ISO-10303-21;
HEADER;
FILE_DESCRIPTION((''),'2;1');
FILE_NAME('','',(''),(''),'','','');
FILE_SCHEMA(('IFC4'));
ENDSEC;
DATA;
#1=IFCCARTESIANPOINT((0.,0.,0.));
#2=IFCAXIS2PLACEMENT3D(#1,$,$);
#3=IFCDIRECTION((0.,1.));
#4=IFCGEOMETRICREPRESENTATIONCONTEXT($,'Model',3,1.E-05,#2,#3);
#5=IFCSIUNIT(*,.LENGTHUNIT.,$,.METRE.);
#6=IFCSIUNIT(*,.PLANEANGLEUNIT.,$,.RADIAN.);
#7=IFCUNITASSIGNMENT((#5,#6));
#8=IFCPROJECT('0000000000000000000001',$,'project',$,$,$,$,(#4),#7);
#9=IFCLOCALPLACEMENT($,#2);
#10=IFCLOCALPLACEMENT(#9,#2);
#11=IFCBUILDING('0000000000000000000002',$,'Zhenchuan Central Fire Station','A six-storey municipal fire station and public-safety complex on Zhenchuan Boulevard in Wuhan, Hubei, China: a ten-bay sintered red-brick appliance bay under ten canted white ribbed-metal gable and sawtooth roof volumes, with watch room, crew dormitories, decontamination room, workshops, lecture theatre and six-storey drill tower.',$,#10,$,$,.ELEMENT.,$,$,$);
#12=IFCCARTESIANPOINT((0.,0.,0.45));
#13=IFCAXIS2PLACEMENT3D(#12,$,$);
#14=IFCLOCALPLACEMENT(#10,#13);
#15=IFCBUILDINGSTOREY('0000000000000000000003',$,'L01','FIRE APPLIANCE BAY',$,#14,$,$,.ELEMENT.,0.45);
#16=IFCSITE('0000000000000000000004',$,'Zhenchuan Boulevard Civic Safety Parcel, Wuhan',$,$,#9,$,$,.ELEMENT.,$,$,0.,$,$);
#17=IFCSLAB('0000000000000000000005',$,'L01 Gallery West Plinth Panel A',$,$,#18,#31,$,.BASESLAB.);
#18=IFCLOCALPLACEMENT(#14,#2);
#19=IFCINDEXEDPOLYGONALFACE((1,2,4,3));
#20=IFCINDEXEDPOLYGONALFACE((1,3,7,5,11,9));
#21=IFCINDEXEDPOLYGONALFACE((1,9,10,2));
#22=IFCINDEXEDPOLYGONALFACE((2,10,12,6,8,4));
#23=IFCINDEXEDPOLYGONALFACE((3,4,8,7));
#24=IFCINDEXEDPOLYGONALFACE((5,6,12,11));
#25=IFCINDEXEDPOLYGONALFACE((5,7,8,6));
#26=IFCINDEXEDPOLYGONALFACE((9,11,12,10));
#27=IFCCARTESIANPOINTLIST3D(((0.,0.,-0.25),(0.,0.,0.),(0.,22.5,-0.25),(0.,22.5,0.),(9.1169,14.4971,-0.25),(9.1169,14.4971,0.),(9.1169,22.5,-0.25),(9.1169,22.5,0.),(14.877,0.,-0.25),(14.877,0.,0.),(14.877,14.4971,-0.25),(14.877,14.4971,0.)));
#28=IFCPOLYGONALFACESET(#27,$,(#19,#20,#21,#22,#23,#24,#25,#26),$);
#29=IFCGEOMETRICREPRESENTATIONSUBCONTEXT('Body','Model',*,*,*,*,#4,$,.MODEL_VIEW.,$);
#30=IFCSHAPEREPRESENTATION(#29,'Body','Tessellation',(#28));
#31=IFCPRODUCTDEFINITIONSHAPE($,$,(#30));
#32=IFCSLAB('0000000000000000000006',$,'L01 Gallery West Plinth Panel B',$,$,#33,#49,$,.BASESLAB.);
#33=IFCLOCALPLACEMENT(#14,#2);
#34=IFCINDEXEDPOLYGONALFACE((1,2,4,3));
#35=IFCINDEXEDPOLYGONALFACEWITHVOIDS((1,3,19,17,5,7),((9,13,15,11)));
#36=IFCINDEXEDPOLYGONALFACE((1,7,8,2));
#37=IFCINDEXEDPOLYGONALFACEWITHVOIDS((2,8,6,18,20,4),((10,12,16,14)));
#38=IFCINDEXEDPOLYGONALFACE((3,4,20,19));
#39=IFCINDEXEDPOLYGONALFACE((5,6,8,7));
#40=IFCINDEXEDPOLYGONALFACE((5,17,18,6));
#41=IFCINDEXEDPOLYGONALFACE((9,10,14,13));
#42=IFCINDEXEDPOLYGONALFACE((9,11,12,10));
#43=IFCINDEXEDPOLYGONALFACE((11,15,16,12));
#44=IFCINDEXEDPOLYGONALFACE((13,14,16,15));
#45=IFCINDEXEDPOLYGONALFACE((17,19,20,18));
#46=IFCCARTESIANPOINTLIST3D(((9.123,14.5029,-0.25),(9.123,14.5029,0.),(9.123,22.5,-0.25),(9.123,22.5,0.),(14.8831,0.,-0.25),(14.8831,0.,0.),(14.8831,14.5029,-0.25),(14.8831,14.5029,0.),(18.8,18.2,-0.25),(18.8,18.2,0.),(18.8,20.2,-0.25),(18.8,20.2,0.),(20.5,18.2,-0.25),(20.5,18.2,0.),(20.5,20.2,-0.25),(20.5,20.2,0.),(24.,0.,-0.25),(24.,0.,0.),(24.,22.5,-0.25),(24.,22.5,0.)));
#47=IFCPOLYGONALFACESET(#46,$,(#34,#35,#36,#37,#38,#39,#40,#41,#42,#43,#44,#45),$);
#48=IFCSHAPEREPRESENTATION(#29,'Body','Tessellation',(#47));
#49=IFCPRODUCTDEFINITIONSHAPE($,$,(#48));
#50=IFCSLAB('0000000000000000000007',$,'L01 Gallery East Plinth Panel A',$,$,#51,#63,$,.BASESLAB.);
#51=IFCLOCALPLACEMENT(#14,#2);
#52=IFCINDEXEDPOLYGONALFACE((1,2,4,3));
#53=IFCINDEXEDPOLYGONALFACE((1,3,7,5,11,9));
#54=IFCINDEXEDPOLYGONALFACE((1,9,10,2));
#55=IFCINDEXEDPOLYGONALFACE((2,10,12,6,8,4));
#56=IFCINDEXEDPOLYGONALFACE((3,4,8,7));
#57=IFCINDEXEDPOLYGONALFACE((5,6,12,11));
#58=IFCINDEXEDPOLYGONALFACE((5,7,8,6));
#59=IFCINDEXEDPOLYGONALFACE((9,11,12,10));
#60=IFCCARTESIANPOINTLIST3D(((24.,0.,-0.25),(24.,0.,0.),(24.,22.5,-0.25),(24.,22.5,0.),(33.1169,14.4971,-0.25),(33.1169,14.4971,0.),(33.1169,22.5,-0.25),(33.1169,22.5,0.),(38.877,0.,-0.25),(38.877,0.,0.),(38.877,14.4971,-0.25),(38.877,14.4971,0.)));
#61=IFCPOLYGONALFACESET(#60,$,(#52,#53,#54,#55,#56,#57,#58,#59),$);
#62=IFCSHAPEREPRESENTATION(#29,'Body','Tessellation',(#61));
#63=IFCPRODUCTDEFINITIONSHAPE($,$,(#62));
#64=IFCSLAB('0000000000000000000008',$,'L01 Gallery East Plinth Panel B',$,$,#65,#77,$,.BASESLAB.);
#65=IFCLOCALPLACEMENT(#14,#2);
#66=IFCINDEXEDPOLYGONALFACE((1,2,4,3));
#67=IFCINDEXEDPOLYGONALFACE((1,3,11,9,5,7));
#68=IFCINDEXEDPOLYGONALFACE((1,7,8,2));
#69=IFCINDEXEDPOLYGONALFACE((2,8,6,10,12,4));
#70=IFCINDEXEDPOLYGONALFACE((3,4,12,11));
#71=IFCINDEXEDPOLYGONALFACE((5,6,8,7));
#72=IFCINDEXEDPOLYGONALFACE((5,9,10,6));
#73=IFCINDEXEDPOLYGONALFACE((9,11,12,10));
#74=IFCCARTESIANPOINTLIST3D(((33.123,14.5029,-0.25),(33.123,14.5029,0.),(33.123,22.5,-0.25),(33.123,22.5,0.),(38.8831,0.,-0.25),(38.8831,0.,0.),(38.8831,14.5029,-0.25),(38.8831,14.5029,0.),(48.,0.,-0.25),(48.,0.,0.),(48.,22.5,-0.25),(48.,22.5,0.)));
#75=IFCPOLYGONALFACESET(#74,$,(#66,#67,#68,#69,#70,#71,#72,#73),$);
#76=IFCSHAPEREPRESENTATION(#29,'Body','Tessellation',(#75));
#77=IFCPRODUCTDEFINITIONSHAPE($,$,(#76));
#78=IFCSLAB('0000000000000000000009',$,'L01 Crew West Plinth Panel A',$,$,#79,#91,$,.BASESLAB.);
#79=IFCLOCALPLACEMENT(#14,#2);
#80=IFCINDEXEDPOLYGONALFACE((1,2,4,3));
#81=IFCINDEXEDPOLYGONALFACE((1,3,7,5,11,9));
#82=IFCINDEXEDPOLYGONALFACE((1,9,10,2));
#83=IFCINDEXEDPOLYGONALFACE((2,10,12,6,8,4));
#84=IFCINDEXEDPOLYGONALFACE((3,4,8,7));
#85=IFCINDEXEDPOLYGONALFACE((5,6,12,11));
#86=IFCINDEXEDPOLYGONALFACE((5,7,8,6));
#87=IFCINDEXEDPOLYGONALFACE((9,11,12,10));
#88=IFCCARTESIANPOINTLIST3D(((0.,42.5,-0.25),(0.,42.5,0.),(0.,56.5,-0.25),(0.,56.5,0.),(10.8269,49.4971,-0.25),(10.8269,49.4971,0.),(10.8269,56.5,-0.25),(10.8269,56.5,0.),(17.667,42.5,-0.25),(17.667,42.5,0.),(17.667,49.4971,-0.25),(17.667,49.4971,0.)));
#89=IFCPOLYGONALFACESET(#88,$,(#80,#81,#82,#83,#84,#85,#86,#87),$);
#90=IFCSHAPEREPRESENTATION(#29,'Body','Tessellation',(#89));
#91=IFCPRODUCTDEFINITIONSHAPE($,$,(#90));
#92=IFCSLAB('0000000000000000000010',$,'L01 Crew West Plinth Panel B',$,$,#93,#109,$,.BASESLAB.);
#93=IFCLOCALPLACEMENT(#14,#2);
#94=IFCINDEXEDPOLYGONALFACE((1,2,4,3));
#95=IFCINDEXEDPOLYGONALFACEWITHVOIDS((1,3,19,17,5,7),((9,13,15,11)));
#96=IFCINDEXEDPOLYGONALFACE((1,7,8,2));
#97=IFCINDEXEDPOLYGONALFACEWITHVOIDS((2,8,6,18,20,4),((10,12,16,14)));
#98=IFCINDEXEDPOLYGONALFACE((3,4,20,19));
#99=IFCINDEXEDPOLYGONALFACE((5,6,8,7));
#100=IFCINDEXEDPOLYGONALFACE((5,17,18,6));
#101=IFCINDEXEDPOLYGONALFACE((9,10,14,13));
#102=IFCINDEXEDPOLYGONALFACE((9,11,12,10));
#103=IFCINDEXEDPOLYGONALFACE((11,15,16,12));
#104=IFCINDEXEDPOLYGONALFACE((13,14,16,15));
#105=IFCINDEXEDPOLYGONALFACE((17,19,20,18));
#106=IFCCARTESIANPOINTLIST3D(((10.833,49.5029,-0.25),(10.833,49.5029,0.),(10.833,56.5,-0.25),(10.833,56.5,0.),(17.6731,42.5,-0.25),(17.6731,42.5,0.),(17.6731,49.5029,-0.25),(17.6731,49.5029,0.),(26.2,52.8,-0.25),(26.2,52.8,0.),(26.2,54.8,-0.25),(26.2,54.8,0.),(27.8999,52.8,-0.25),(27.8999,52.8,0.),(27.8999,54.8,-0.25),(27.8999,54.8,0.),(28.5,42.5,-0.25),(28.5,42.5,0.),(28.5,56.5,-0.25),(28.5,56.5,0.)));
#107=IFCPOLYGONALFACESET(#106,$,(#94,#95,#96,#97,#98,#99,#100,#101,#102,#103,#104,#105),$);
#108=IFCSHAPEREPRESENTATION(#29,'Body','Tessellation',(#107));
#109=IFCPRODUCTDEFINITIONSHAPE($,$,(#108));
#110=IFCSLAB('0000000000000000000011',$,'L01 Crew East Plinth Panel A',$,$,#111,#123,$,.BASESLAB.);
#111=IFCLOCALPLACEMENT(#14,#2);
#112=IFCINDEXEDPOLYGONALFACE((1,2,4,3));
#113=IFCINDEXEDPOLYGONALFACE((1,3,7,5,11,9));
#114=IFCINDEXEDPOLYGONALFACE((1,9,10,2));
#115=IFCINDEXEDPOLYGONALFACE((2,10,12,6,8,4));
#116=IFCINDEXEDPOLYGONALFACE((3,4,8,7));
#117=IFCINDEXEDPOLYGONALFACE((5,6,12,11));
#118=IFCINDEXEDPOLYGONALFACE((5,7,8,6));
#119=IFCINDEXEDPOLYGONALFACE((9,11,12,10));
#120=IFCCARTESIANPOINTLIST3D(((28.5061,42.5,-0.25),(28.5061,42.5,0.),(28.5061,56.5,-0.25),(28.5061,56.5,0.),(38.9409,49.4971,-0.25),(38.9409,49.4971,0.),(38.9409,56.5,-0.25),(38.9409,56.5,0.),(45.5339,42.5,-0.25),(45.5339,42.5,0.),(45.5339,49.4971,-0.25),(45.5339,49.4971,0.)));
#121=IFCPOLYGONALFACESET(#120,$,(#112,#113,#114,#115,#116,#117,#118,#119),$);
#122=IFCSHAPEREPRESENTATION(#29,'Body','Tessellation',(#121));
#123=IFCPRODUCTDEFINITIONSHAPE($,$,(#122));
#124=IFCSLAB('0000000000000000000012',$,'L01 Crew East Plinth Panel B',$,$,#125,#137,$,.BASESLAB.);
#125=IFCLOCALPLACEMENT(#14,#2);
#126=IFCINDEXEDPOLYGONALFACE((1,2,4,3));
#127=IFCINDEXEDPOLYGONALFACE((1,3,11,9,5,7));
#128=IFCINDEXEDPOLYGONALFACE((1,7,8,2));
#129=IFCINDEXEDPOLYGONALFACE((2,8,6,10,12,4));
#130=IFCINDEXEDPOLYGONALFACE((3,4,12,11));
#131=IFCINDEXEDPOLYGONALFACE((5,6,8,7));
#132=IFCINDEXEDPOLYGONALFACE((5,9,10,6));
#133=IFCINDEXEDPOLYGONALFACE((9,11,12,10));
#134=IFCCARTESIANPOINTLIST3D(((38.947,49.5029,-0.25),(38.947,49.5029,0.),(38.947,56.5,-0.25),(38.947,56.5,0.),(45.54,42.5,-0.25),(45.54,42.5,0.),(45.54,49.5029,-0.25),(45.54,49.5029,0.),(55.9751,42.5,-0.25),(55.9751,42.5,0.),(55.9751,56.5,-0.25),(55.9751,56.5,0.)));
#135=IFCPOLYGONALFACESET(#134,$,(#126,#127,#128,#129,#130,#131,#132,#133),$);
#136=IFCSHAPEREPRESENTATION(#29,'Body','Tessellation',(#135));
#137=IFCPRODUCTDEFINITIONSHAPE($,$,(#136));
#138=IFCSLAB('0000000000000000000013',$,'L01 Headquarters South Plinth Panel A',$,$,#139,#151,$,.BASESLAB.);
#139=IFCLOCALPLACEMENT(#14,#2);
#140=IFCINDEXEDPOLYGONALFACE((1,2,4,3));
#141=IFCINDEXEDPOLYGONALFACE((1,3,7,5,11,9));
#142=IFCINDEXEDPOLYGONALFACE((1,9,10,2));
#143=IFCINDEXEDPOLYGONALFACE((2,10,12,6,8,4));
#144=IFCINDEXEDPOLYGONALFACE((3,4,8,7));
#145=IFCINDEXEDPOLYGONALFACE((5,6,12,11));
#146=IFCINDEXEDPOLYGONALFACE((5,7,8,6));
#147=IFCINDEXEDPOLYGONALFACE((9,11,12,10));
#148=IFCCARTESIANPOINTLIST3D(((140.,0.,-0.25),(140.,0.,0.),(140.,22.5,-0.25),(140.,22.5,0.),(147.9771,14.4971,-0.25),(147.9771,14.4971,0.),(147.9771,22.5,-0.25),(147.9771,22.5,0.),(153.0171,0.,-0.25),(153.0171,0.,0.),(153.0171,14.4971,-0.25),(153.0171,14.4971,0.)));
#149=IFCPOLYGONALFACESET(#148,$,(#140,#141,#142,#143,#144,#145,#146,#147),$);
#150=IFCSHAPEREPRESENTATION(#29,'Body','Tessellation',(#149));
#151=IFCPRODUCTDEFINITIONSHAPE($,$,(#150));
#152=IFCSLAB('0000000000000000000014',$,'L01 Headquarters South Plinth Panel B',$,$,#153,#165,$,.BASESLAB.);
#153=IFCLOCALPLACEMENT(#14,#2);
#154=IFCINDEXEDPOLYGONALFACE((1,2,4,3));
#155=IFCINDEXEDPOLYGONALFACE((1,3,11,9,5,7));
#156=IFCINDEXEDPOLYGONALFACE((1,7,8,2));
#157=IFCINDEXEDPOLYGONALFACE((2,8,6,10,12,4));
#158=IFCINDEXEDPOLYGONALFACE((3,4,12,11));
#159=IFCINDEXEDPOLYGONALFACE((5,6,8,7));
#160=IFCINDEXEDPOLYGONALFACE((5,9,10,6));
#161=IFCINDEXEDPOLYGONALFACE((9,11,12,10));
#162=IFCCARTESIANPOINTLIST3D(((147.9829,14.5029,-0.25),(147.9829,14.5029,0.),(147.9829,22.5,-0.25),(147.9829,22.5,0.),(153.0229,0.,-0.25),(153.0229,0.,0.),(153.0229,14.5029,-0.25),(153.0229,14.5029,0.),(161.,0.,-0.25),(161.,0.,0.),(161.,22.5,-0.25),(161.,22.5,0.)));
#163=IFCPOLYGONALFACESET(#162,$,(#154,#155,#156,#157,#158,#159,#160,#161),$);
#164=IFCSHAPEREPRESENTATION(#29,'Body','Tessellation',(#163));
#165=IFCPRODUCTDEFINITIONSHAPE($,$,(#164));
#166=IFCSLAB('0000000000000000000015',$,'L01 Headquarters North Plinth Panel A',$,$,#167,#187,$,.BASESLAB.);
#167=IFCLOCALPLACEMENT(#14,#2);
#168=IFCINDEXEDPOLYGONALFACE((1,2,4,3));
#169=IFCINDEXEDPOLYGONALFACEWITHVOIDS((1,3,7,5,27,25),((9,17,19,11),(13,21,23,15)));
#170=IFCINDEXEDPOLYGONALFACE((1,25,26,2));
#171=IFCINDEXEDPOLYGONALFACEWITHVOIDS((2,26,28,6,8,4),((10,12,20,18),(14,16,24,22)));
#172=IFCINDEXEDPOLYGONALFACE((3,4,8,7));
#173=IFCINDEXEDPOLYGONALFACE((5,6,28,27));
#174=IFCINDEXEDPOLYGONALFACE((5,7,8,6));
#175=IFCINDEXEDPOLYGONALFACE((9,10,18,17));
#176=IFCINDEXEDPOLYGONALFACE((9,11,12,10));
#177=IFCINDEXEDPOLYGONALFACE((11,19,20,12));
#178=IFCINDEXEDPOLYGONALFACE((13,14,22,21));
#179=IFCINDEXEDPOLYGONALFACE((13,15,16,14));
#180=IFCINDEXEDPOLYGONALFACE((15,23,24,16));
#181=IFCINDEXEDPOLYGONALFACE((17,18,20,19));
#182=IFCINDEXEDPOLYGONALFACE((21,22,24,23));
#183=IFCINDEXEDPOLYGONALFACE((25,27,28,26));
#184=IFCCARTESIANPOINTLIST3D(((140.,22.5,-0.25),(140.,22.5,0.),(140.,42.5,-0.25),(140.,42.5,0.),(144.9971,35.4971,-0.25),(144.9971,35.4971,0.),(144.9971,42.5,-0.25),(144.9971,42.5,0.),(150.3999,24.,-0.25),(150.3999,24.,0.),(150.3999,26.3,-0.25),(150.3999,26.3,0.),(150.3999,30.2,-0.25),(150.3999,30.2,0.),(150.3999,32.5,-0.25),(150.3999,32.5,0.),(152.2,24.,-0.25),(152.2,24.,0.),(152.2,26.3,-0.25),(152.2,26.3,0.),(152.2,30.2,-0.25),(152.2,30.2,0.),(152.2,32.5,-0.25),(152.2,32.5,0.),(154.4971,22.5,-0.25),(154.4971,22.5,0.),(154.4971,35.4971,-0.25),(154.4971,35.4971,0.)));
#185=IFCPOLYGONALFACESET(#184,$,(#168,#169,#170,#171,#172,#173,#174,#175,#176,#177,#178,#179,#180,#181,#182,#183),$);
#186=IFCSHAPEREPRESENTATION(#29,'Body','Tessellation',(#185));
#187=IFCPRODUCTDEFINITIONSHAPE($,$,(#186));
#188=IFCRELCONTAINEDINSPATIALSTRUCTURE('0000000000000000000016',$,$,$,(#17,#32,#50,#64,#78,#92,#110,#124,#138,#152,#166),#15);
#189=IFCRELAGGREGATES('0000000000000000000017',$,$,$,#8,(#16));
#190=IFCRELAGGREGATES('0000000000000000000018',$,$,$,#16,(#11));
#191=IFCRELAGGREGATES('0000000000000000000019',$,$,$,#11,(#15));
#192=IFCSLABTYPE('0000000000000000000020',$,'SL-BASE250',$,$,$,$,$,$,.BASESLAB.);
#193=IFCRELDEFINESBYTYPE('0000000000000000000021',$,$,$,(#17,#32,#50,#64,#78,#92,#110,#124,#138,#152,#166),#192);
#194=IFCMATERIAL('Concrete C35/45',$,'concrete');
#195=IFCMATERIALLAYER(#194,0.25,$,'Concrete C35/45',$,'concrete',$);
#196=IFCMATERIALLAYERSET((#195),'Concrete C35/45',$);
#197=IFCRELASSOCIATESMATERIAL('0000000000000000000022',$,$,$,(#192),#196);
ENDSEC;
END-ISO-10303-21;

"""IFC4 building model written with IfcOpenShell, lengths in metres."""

from ifc_helpers import new_model, si_unit, direction, frame, origin, place, context, subcontext, project, spatial, polyline, outline, extrude, material, layer, layer_set, type_object, element, save


model = new_model("IFC4")

# Units and contexts
model_context = context("Model", 3, precision=1e-05, world=origin(), true_north=direction((0.0, 1.0)))
body_context = subcontext(model_context, "Body", "Model", "MODEL_VIEW")
ifc_project = project(units=[si_unit("LENGTHUNIT", "METRE"), si_unit("PLANEANGLEUNIT", "RADIAN")], contexts=[model_context])

# Site, building, storey
site_placement = place(None, origin())
site = spatial("IfcSite", under=ifc_project, at=site_placement, Name="Zhenchuan Boulevard Civic Safety Parcel, Wuhan", CompositionType="ELEMENT", RefElevation=0.0)
building_placement = place(site_placement, origin())
building = spatial("IfcBuilding", under=site, at=building_placement, Name="Zhenchuan Central Fire Station", Description="A six-storey municipal fire station and public-safety complex on Zhenchuan Boulevard in Wuhan, Hubei, China: a ten-bay sintered red-brick appliance bay under ten canted white ribbed-metal gable and sawtooth roof volumes, with watch room, crew dormitories, decontamination room, workshops, lecture theatre and six-storey drill tower.", CompositionType="ELEMENT")
storey_placement = place(building_placement, frame((0.0, 0.0, 0.45)))
storey = spatial("IfcBuildingStorey", under=building, at=storey_placement, Name="L01", Description="FIRE APPLIANCE BAY", CompositionType="ELEMENT", Elevation=0.45)

# Slabs
ifc_material = material(Name="Concrete C35/45", Category="concrete")
ifc_layer_1 = layer(ifc_material, 0.25, Name="Concrete C35/45", Category="concrete")
ifc_layer_set_1 = layer_set([ifc_layer_1], Name="Concrete C35/45")
slab_type_1 = type_object("IfcSlabType", Name="SL-BASE250", PredefinedType="BASESLAB", material=ifc_layer_set_1)
slab_1_placement = place(storey_placement, frame((0.0, 0.0, -0.25)))
element("IfcSlab", 1, at=slab_1_placement, inside=storey, type_object=slab_type_1, Name="L01 Gallery West Plinth Panel A", PredefinedType="BASESLAB", context=body_context, shape_type="SweptSolid", body=[
    extrude(outline(polyline([(0.0, 0.0), (14.877, 0.0), (14.877, 14.4971), (9.1169, 14.4971), (9.1169, 22.5), (0.0, 22.5), (0.0, 0.0)])), origin(), (0.0, 0.0, 1.0), 0.25),
])
slab_2_placement = place(storey_placement, frame((0.0, 0.0, -0.25)))
element("IfcSlab", 2, at=slab_2_placement, inside=storey, type_object=slab_type_1, Name="L01 Gallery West Plinth Panel B", PredefinedType="BASESLAB", context=body_context, shape_type="SweptSolid", body=[
    extrude(outline(polyline([(14.8831, 0.0), (24.0, 0.0), (24.0, 22.5), (9.123, 22.5), (9.123, 14.5029), (14.8831, 14.5029), (14.8831, 0.0)]), holes=[polyline([(18.8, 18.2), (20.5, 18.2), (20.5, 20.2), (18.8, 20.2), (18.8, 18.2)])]), origin(), (0.0, 0.0, 1.0), 0.25),
])
slab_3_placement = place(storey_placement, frame((0.0, 0.0, -0.25)))
element("IfcSlab", 3, at=slab_3_placement, inside=storey, type_object=slab_type_1, Name="L01 Gallery East Plinth Panel A", PredefinedType="BASESLAB", context=body_context, shape_type="SweptSolid", body=[
    extrude(outline(polyline([(24.0, 0.0), (38.877, 0.0), (38.877, 14.4971), (33.1169, 14.4971), (33.1169, 22.5), (24.0, 22.5), (24.0, 0.0)])), origin(), (0.0, 0.0, 1.0), 0.25),
])
slab_4_placement = place(storey_placement, frame((0.0, 0.0, -0.25)))
element("IfcSlab", 4, at=slab_4_placement, inside=storey, type_object=slab_type_1, Name="L01 Gallery East Plinth Panel B", PredefinedType="BASESLAB", context=body_context, shape_type="SweptSolid", body=[
    extrude(outline(polyline([(38.8831, 0.0), (48.0, 0.0), (48.0, 22.5), (33.123, 22.5), (33.123, 14.5029), (38.8831, 14.5029), (38.8831, 0.0)])), origin(), (0.0, 0.0, 1.0), 0.25),
])
slab_5_placement = place(storey_placement, frame((0.0, 0.0, -0.25)))
element("IfcSlab", 5, at=slab_5_placement, inside=storey, type_object=slab_type_1, Name="L01 Crew West Plinth Panel A", PredefinedType="BASESLAB", context=body_context, shape_type="SweptSolid", body=[
    extrude(outline(polyline([(0.0, 42.5), (17.667, 42.5), (17.667, 49.4971), (10.8269, 49.4971), (10.8269, 56.5), (0.0, 56.5), (0.0, 42.5)])), origin(), (0.0, 0.0, 1.0), 0.25),
])
slab_6_placement = place(storey_placement, frame((0.0, 0.0, -0.25)))
element("IfcSlab", 6, at=slab_6_placement, inside=storey, type_object=slab_type_1, Name="L01 Crew West Plinth Panel B", PredefinedType="BASESLAB", context=body_context, shape_type="SweptSolid", body=[
    extrude(outline(polyline([(17.6731, 42.5), (28.5, 42.5), (28.5, 56.5), (10.833, 56.5), (10.833, 49.5029), (17.6731, 49.5029), (17.6731, 42.5)]), holes=[polyline([(26.2, 52.8), (27.8999, 52.8), (27.8999, 54.8), (26.2, 54.8), (26.2, 52.8)])]), origin(), (0.0, 0.0, 1.0), 0.25),
])
slab_7_placement = place(storey_placement, frame((0.0, 0.0, -0.25)))
element("IfcSlab", 7, at=slab_7_placement, inside=storey, type_object=slab_type_1, Name="L01 Crew East Plinth Panel A", PredefinedType="BASESLAB", context=body_context, shape_type="SweptSolid", body=[
    extrude(outline(polyline([(28.5061, 42.5), (45.5339, 42.5), (45.5339, 49.4971), (38.9409, 49.4971), (38.9409, 56.5), (28.5061, 56.5), (28.5061, 42.5)])), origin(), (0.0, 0.0, 1.0), 0.25),
])
slab_8_placement = place(storey_placement, frame((0.0, 0.0, -0.25)))
element("IfcSlab", 8, at=slab_8_placement, inside=storey, type_object=slab_type_1, Name="L01 Crew East Plinth Panel B", PredefinedType="BASESLAB", context=body_context, shape_type="SweptSolid", body=[
    extrude(outline(polyline([(45.54, 42.5), (55.9751, 42.5), (55.9751, 56.5), (38.947, 56.5), (38.947, 49.5029), (45.54, 49.5029), (45.54, 42.5)])), origin(), (0.0, 0.0, 1.0), 0.25),
])
slab_9_placement = place(storey_placement, frame((0.0, 0.0, -0.25)))
element("IfcSlab", 9, at=slab_9_placement, inside=storey, type_object=slab_type_1, Name="L01 Headquarters South Plinth Panel A", PredefinedType="BASESLAB", context=body_context, shape_type="SweptSolid", body=[
    extrude(outline(polyline([(140.0, 0.0), (153.0171, 0.0), (153.0171, 14.4971), (147.9771, 14.4971), (147.9771, 22.5), (140.0, 22.5), (140.0, 0.0)])), origin(), (0.0, 0.0, 1.0), 0.25),
])
slab_10_placement = place(storey_placement, frame((0.0, 0.0, -0.25)))
element("IfcSlab", 10, at=slab_10_placement, inside=storey, type_object=slab_type_1, Name="L01 Headquarters South Plinth Panel B", PredefinedType="BASESLAB", context=body_context, shape_type="SweptSolid", body=[
    extrude(outline(polyline([(153.0229, 0.0), (161.0, 0.0), (161.0, 22.5), (147.9829, 22.5), (147.9829, 14.5029), (153.0229, 14.5029), (153.0229, 0.0)])), origin(), (0.0, 0.0, 1.0), 0.25),
])
slab_11_placement = place(storey_placement, frame((0.0, 0.0, -0.25)))
element("IfcSlab", 11, at=slab_11_placement, inside=storey, type_object=slab_type_1, Name="L01 Headquarters North Plinth Panel A", PredefinedType="BASESLAB", context=body_context, shape_type="SweptSolid", body=[
    extrude(outline(polyline([(140.0, 22.5), (154.4971, 22.5), (154.4971, 35.4971), (144.9971, 35.4971), (144.9971, 42.5), (140.0, 42.5), (140.0, 22.5)]), holes=[polyline([(150.3999, 24.0), (152.2, 24.0), (152.2, 26.3), (150.3999, 26.3), (150.3999, 24.0)]), polyline([(150.3999, 30.2), (152.2, 30.2), (152.2, 32.5), (150.3999, 32.5), (150.3999, 30.2)])]), origin(), (0.0, 0.0, 1.0), 0.25),
])

save(model, "model.ifc")
